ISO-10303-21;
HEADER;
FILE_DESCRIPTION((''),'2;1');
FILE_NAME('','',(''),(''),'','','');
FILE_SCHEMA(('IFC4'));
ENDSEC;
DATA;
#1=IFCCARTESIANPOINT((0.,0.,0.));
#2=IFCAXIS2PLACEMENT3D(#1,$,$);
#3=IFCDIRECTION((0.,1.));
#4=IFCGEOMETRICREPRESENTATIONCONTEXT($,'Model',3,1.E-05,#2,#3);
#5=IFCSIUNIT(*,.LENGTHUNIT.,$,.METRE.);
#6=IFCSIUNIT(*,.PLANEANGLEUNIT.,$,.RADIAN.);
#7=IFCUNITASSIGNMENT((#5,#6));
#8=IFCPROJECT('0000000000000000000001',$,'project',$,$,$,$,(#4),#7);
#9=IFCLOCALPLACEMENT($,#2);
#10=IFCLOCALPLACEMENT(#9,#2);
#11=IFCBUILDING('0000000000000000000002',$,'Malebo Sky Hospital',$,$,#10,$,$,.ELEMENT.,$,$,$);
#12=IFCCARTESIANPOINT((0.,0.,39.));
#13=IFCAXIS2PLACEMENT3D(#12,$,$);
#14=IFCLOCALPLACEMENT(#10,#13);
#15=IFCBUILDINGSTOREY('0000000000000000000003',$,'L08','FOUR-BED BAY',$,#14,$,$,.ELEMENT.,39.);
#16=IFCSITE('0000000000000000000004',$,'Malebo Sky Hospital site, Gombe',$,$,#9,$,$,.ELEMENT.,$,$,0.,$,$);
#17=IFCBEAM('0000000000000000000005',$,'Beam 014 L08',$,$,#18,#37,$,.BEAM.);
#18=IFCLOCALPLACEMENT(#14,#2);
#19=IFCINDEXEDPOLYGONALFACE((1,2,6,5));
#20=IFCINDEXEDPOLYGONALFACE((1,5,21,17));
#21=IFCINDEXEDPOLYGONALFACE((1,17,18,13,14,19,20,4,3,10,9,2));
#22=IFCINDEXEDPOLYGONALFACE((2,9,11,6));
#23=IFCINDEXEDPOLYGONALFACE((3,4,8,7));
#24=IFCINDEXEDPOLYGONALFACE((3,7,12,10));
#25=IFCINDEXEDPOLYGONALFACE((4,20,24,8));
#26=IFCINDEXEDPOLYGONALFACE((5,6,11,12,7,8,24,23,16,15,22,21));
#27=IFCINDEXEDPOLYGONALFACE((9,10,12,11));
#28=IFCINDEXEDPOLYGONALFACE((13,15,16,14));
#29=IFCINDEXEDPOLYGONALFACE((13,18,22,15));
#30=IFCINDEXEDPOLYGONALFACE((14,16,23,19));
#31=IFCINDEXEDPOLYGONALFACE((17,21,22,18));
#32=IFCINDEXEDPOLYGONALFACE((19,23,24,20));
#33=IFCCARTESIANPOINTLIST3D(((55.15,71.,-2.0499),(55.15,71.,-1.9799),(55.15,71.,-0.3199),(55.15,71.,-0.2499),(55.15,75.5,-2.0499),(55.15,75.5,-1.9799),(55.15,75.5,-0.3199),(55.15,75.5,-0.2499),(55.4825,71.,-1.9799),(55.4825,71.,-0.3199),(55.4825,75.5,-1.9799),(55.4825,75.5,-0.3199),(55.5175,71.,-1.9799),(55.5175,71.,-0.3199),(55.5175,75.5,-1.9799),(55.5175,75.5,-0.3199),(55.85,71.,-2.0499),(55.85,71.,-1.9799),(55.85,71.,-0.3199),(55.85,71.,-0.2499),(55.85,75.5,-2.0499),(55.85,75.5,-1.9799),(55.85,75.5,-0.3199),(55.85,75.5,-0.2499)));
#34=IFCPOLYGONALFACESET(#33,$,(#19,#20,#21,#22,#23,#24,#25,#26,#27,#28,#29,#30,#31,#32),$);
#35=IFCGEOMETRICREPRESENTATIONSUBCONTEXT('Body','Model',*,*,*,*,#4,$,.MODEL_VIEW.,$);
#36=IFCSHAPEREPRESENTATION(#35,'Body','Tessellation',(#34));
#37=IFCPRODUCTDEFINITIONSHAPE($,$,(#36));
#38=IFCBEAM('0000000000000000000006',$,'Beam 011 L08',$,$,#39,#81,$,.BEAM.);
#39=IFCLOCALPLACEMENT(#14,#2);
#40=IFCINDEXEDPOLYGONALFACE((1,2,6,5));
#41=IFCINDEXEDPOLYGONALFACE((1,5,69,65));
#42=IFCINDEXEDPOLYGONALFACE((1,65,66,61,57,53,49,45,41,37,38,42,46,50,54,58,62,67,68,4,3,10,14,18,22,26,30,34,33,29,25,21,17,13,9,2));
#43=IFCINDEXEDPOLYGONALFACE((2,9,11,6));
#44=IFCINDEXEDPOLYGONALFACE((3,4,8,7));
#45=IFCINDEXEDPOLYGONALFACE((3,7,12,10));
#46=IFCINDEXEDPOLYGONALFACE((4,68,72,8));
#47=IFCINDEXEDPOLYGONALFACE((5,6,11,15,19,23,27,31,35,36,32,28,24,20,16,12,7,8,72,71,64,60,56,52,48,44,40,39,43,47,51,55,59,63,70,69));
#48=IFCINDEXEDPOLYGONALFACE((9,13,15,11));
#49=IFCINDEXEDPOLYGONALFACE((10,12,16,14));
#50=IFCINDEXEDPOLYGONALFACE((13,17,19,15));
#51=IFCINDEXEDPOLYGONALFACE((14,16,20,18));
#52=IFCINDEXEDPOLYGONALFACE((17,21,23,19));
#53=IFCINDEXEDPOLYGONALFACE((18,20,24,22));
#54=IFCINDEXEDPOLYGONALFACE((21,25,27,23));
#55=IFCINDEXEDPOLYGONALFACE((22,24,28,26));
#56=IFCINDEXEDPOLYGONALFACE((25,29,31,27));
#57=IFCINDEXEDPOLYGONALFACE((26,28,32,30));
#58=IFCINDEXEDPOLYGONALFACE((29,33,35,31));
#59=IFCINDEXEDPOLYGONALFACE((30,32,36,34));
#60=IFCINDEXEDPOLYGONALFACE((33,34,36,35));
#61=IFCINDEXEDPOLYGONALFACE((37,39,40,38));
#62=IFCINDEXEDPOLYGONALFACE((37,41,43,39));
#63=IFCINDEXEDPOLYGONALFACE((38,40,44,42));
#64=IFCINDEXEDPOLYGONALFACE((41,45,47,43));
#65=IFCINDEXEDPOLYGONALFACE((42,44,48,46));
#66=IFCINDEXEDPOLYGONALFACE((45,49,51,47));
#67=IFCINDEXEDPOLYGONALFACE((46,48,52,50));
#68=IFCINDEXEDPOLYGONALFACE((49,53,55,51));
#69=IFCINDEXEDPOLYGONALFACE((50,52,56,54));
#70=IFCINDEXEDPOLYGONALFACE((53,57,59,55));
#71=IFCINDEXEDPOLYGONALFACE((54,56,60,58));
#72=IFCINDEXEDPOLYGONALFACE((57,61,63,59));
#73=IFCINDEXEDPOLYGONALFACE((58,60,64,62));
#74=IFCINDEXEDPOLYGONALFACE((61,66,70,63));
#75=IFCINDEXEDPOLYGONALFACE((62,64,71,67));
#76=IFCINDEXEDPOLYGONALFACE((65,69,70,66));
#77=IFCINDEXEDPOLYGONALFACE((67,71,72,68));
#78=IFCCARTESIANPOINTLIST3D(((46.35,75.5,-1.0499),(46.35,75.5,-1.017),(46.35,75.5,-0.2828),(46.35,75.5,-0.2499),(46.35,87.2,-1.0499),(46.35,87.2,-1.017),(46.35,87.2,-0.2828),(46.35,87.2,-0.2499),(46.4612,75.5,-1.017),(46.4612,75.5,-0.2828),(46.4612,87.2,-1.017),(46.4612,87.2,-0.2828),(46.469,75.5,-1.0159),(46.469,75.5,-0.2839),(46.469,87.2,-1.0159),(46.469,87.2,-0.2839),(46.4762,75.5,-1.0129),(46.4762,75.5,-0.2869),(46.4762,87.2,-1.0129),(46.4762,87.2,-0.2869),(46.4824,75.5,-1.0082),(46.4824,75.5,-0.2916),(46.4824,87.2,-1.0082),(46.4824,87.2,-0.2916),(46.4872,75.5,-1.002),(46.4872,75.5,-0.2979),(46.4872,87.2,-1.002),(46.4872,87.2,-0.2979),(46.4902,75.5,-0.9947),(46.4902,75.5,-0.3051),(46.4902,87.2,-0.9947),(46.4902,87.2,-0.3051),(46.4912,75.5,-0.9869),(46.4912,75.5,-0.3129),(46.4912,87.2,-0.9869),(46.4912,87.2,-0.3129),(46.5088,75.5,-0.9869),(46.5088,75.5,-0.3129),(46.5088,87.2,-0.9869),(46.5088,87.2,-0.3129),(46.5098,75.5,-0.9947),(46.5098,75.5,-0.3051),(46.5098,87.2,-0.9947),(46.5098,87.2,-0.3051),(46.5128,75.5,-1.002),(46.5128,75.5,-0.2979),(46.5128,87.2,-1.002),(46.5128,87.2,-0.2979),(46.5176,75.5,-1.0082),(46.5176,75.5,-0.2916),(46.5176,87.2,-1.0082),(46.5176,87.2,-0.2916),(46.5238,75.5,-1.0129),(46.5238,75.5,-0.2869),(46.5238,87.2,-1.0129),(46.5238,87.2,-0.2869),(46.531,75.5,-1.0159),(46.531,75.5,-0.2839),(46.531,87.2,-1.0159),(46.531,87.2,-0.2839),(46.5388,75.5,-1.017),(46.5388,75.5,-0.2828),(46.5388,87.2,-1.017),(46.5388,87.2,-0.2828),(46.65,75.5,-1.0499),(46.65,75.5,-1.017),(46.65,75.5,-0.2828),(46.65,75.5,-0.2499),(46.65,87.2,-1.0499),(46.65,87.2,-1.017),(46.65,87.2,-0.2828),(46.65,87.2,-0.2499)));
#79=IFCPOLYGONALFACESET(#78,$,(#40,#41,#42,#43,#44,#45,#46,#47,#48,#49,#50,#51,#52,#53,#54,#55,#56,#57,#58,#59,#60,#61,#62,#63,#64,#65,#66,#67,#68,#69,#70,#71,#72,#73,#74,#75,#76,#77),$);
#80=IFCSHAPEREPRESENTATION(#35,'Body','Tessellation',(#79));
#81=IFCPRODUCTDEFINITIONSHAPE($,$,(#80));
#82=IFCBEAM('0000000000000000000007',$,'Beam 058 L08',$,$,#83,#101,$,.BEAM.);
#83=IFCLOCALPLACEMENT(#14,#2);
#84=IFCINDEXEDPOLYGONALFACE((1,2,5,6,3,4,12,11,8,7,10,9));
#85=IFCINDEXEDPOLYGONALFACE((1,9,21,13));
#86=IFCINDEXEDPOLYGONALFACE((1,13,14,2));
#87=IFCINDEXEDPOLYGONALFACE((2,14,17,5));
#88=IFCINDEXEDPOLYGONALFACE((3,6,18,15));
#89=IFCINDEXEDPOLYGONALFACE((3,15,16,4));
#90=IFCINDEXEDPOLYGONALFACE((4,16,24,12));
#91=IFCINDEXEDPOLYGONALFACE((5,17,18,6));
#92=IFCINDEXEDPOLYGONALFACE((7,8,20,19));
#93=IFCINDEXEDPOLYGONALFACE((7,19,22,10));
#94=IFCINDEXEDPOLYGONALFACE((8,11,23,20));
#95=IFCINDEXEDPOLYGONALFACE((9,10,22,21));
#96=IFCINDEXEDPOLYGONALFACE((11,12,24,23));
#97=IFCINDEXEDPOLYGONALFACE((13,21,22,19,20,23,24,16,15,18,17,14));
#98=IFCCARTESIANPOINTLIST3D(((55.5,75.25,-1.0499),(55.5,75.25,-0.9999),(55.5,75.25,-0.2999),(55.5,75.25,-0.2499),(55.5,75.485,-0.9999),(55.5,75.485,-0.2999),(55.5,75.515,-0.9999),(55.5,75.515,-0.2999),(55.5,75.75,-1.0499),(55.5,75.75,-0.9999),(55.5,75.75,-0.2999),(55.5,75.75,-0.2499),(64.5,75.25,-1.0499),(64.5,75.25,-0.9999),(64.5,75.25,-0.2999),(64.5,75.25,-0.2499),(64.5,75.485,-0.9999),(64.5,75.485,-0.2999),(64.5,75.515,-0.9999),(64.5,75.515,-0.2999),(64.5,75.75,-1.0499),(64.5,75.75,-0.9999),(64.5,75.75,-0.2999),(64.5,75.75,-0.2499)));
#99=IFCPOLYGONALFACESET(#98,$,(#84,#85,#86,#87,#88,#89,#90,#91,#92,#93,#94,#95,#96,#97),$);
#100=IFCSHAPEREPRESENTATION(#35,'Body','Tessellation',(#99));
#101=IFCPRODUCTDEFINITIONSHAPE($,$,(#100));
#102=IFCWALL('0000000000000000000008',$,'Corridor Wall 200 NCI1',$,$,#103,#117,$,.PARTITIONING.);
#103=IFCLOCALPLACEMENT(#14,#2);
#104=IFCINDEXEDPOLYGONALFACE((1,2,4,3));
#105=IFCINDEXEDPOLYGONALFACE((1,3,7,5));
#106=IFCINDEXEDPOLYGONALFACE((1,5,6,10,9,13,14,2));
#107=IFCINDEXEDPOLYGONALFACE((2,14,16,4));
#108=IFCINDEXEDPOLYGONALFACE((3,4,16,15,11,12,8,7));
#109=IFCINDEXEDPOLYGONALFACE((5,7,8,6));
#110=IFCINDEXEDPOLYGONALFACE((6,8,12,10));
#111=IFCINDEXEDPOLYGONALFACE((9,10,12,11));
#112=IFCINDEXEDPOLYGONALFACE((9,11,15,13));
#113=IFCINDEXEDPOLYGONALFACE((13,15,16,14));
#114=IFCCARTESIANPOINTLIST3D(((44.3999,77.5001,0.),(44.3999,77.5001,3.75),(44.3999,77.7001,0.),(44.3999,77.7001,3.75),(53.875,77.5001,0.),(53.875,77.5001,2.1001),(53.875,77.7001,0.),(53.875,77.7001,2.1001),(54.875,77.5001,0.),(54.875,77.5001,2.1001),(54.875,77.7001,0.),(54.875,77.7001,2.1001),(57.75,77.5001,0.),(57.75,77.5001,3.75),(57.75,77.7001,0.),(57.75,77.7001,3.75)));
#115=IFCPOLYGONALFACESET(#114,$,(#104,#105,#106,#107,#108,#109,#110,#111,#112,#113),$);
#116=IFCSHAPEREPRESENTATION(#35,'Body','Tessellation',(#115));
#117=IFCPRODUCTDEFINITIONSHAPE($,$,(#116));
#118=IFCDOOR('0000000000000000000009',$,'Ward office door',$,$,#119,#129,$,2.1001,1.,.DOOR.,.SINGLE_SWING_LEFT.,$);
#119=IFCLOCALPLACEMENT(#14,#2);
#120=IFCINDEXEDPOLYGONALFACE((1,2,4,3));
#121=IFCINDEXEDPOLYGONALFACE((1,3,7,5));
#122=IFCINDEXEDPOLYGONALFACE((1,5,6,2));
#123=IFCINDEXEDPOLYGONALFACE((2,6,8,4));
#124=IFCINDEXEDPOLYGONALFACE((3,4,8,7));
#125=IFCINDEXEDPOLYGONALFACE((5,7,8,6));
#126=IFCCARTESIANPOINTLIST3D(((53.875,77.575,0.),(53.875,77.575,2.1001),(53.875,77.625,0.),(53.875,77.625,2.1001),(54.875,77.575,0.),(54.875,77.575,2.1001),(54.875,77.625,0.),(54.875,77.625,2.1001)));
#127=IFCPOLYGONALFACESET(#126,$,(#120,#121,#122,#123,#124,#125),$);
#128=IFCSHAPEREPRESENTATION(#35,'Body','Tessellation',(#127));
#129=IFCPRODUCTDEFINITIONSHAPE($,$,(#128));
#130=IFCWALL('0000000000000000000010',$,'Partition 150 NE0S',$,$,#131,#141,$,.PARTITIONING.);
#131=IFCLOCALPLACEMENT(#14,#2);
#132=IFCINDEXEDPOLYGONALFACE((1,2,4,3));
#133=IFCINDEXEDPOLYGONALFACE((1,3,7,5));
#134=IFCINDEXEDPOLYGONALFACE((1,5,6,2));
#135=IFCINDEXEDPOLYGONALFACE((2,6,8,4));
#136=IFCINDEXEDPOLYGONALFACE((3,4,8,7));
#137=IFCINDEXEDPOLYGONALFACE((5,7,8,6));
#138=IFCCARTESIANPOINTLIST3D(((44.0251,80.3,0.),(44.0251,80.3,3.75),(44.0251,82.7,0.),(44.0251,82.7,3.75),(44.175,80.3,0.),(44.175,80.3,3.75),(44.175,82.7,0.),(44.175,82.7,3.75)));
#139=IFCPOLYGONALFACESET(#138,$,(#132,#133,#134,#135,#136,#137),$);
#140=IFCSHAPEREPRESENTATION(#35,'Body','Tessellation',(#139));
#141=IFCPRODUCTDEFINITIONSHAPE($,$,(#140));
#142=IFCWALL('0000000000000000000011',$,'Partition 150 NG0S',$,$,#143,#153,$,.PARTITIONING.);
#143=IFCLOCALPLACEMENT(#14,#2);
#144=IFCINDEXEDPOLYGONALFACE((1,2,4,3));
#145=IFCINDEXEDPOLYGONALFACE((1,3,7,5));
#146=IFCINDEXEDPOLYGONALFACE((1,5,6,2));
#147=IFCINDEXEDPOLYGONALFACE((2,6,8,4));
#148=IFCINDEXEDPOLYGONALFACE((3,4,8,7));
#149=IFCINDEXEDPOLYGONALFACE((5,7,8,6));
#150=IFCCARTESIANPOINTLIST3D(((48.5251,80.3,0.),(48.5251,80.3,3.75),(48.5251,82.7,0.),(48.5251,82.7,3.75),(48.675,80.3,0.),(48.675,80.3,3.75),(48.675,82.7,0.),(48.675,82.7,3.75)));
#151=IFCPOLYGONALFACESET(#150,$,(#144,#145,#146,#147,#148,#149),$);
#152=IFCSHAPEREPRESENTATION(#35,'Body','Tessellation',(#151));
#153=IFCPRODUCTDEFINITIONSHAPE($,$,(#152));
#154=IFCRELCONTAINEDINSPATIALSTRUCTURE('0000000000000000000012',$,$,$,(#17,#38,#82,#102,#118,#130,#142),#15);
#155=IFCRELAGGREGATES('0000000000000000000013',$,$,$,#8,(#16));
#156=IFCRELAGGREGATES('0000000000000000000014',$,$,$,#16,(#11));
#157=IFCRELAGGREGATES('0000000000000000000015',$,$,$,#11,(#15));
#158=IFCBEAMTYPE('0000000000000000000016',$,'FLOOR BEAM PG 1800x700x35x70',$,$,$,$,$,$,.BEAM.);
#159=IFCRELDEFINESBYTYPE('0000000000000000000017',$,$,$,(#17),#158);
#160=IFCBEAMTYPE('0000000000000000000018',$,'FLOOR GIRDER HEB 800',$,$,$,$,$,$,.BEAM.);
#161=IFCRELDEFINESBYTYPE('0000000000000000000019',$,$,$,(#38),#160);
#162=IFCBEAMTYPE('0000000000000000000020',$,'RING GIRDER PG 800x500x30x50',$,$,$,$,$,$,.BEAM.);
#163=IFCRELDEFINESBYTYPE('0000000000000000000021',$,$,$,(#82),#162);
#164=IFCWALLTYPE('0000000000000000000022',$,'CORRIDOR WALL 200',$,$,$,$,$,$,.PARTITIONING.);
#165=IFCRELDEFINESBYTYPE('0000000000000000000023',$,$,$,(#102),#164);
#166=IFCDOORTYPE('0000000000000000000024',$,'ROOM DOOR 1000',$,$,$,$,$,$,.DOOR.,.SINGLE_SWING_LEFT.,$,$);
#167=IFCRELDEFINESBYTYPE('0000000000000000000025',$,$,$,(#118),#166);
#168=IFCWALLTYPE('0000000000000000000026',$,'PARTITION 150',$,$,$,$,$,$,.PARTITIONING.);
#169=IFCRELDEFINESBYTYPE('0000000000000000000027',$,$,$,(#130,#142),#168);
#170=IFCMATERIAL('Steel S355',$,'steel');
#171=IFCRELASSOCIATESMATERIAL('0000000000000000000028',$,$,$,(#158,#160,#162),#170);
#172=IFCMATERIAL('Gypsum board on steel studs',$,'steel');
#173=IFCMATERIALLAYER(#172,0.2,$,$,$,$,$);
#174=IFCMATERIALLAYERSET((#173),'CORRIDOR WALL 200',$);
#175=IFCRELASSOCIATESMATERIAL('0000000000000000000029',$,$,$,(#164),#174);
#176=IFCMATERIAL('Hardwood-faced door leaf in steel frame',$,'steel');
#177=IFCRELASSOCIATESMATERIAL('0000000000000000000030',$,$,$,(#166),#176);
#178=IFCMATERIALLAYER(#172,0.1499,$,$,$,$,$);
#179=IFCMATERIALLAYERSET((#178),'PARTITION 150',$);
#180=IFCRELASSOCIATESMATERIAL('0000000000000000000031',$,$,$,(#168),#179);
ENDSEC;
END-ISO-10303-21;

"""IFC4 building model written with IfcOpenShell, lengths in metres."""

from ifc_helpers import new_model, si_unit, direction, frame, frame_2d, origin, origin_2d, place, context, subcontext, project, spatial, rectangle, i_section, extrude, material, layer, layer_set, material_profile, profile_set, type_object, element, fill, save


model = new_model("IFC4")

# Units and contexts
model_context = context("Model", 3, precision=1e-05, world=origin(), true_north=direction((0.0, 1.0)))
body_context = subcontext(model_context, "Body", "Model", "MODEL_VIEW")
ifc_project = project(units=[si_unit("LENGTHUNIT", "METRE"), si_unit("PLANEANGLEUNIT", "RADIAN")], contexts=[model_context])

# Site, building, storey
site_placement = place(None, origin())
site = spatial("IfcSite", under=ifc_project, at=site_placement, Name="Malebo Sky Hospital site, Gombe", CompositionType="ELEMENT", RefElevation=0.0)
building_placement = place(site_placement, origin())
building = spatial("IfcBuilding", under=site, at=building_placement, Name="Malebo Sky Hospital", CompositionType="ELEMENT")
storey_placement = place(building_placement, frame((0.0, 0.0, 39.0)))
storey = spatial("IfcBuildingStorey", under=building, at=storey_placement, Name="L08", Description="FOUR-BED BAY", CompositionType="ELEMENT", Elevation=39.0)

# Beams
ifc_material_1 = material(Name="Steel S355", Category="steel")
ifc_material_profile_1 = material_profile(ifc_material_1, i_section(OverallWidth=0.7, OverallDepth=1.8, WebThickness=0.0349, FlangeThickness=0.0701, at=origin_2d()), Name="PG 1800x700x35x70")
ifc_profile_set_1 = profile_set([ifc_material_profile_1], Name="Steel S355")
beam_type_1 = type_object("IfcBeamType", Name="FLOOR BEAM PG 1800x700x35x70", PredefinedType="BEAM", material=ifc_profile_set_1)
beam_1_placement = place(storey_placement, frame((55.5, 71.0, -1.1499), z_axis=(0.0, 1.0, 0.0), x_axis=(-1.0, 0.0, 0.0)))
element("IfcBeam", 1, at=beam_1_placement, inside=storey, type_object=beam_type_1, Name="Beam 014 L08", PredefinedType="BEAM", context=body_context, shape_type="SweptSolid", body=[
    extrude(i_section(OverallWidth=0.7, OverallDepth=1.8, WebThickness=0.0349, FlangeThickness=0.0701, at=origin_2d()), origin(), (0.0, 0.0, 1.0), 4.5),
])
ifc_material_profile_2 = material_profile(ifc_material_1, i_section(OverallWidth=0.3, OverallDepth=0.8, WebThickness=0.0176, FlangeThickness=0.033, FilletRadius=0.03, at=origin_2d()), Name="HEB 800")
ifc_profile_set_2 = profile_set([ifc_material_profile_2], Name="Steel S355")
beam_type_2 = type_object("IfcBeamType", Name="FLOOR GIRDER HEB 800", PredefinedType="BEAM", material=ifc_profile_set_2)
beam_2_placement = place(storey_placement, frame((46.5, 75.5, -0.6499), z_axis=(0.0, 1.0, 0.0), x_axis=(-1.0, 0.0, 0.0)))
element("IfcBeam", 2, at=beam_2_placement, inside=storey, type_object=beam_type_2, Name="Beam 011 L08", PredefinedType="BEAM", context=body_context, shape_type="SweptSolid", body=[
    extrude(i_section(OverallWidth=0.3, OverallDepth=0.8, WebThickness=0.0176, FlangeThickness=0.033, FilletRadius=0.03, at=origin_2d()), origin(), (0.0, 0.0, 1.0), 11.7),
])
ifc_material_profile_3 = material_profile(ifc_material_1, i_section(OverallWidth=0.5, OverallDepth=0.8, WebThickness=0.03, FlangeThickness=0.05, at=origin_2d()), Name="PG 800x500x30x50")
ifc_profile_set_3 = profile_set([ifc_material_profile_3], Name="Steel S355")
beam_type_3 = type_object("IfcBeamType", Name="RING GIRDER PG 800x500x30x50", PredefinedType="BEAM", material=ifc_profile_set_3)
beam_3_placement = place(storey_placement, frame((55.5, 75.5, -0.6499), z_axis=(1.0, 0.0, 0.0), x_axis=(0.0, 1.0, 0.0)))
element("IfcBeam", 3, at=beam_3_placement, inside=storey, type_object=beam_type_3, Name="Beam 058 L08", PredefinedType="BEAM", context=body_context, shape_type="SweptSolid", body=[
    extrude(i_section(OverallWidth=0.5, OverallDepth=0.8, WebThickness=0.03, FlangeThickness=0.05, at=origin_2d()), origin(), (0.0, 0.0, 1.0), 9.0),
])

# Wall, opening, door
ifc_material_2 = material(Name="Gypsum board on steel studs", Category="steel")
ifc_layer_1 = layer(ifc_material_2, 0.2)
ifc_layer_set_1 = layer_set([ifc_layer_1], Name="CORRIDOR WALL 200")
wall_type_1 = type_object("IfcWallType", Name="CORRIDOR WALL 200", PredefinedType="PARTITIONING", material=ifc_layer_set_1)
wall_1_placement = place(storey_placement, frame((44.3999, 77.6001, 0.0), z_axis=(0.0, 0.0, 1.0), x_axis=(1.0, 0.0, 0.0)))
wall_1 = element("IfcWall", 4, at=wall_1_placement, inside=storey, type_object=wall_type_1, Name="Corridor Wall 200 NCI1", PredefinedType="PARTITIONING", context=body_context, shape_type="SweptSolid", body=[
    extrude(rectangle(XDim=13.3501, YDim=0.2, at=frame_2d((6.675, 0.0))), origin(), (0.0, 0.0, 1.0), 3.75),
])
opening_1_placement = place(wall_1_placement, frame((9.4751, 0.0, 0.0)))
opening_1 = element("IfcOpeningElement", 5, at=opening_1_placement, cuts=wall_1, PredefinedType="OPENING", context=body_context, shape_type="SweptSolid", body=[
    extrude(rectangle(XDim=1.0, YDim=2.1001, at=frame_2d((0.5, 1.05))), frame((0.0, 0.1099, 0.0), z_axis=(0.0, -1.0, 0.0), x_axis=(1.0, 0.0, 0.0)), (0.0, 0.0, 1.0), 0.22),
])
ifc_material_3 = material(Name="Hardwood-faced door leaf in steel frame", Category="steel")
door_type_1 = type_object("IfcDoorType", Name="ROOM DOOR 1000", OperationType="SINGLE_SWING_LEFT", PredefinedType="DOOR", material=ifc_material_3)
door_1_placement = place(opening_1_placement, origin())
door_1 = element("IfcDoor", 6, at=door_1_placement, inside=storey, type_object=door_type_1, Name="Ward office door", OperationType="SINGLE_SWING_LEFT", OverallHeight=2.1001, OverallWidth=1.0, PredefinedType="DOOR", context=body_context, shape_type="SweptSolid", body=[
    extrude(rectangle(XDim=1.0, YDim=2.1001, at=frame_2d((0.5, 1.05))), frame((0.0, 0.0249, 0.0), z_axis=(0.0, -1.0, 0.0), x_axis=(1.0, 0.0, 0.0)), (0.0, 0.0, 1.0), 0.05),
])
fill(opening_1, door_1)

# Walls
ifc_layer_2 = layer(ifc_material_2, 0.1499)
ifc_layer_set_2 = layer_set([ifc_layer_2], Name="PARTITION 150")
wall_type_2 = type_object("IfcWallType", Name="PARTITION 150", PredefinedType="PARTITIONING", material=ifc_layer_set_2)
for number, where, z_axis, x_axis, name in (
    (7, (44.1001, 80.3, 0.0), (0.0, 0.0, 1.0), (0.0, 1.0, 0.0), "Partition 150 NE0S"),
    (8, (48.6001, 80.3, 0.0), (0.0, 0.0, 1.0), (0.0, 1.0, 0.0), "Partition 150 NG0S"),
):
    element("IfcWall", number, at=place(storey_placement, frame(where, z_axis=z_axis, x_axis=x_axis)), inside=storey, type_object=wall_type_2, Name=name, PredefinedType="PARTITIONING", context=body_context, shape_type="SweptSolid", body=[
        extrude(rectangle(XDim=2.3999, YDim=0.1499, at=frame_2d((1.2, 0.0))), origin(), (0.0, 0.0, 1.0), 3.75),
    ])

save(model, "model.ifc")
